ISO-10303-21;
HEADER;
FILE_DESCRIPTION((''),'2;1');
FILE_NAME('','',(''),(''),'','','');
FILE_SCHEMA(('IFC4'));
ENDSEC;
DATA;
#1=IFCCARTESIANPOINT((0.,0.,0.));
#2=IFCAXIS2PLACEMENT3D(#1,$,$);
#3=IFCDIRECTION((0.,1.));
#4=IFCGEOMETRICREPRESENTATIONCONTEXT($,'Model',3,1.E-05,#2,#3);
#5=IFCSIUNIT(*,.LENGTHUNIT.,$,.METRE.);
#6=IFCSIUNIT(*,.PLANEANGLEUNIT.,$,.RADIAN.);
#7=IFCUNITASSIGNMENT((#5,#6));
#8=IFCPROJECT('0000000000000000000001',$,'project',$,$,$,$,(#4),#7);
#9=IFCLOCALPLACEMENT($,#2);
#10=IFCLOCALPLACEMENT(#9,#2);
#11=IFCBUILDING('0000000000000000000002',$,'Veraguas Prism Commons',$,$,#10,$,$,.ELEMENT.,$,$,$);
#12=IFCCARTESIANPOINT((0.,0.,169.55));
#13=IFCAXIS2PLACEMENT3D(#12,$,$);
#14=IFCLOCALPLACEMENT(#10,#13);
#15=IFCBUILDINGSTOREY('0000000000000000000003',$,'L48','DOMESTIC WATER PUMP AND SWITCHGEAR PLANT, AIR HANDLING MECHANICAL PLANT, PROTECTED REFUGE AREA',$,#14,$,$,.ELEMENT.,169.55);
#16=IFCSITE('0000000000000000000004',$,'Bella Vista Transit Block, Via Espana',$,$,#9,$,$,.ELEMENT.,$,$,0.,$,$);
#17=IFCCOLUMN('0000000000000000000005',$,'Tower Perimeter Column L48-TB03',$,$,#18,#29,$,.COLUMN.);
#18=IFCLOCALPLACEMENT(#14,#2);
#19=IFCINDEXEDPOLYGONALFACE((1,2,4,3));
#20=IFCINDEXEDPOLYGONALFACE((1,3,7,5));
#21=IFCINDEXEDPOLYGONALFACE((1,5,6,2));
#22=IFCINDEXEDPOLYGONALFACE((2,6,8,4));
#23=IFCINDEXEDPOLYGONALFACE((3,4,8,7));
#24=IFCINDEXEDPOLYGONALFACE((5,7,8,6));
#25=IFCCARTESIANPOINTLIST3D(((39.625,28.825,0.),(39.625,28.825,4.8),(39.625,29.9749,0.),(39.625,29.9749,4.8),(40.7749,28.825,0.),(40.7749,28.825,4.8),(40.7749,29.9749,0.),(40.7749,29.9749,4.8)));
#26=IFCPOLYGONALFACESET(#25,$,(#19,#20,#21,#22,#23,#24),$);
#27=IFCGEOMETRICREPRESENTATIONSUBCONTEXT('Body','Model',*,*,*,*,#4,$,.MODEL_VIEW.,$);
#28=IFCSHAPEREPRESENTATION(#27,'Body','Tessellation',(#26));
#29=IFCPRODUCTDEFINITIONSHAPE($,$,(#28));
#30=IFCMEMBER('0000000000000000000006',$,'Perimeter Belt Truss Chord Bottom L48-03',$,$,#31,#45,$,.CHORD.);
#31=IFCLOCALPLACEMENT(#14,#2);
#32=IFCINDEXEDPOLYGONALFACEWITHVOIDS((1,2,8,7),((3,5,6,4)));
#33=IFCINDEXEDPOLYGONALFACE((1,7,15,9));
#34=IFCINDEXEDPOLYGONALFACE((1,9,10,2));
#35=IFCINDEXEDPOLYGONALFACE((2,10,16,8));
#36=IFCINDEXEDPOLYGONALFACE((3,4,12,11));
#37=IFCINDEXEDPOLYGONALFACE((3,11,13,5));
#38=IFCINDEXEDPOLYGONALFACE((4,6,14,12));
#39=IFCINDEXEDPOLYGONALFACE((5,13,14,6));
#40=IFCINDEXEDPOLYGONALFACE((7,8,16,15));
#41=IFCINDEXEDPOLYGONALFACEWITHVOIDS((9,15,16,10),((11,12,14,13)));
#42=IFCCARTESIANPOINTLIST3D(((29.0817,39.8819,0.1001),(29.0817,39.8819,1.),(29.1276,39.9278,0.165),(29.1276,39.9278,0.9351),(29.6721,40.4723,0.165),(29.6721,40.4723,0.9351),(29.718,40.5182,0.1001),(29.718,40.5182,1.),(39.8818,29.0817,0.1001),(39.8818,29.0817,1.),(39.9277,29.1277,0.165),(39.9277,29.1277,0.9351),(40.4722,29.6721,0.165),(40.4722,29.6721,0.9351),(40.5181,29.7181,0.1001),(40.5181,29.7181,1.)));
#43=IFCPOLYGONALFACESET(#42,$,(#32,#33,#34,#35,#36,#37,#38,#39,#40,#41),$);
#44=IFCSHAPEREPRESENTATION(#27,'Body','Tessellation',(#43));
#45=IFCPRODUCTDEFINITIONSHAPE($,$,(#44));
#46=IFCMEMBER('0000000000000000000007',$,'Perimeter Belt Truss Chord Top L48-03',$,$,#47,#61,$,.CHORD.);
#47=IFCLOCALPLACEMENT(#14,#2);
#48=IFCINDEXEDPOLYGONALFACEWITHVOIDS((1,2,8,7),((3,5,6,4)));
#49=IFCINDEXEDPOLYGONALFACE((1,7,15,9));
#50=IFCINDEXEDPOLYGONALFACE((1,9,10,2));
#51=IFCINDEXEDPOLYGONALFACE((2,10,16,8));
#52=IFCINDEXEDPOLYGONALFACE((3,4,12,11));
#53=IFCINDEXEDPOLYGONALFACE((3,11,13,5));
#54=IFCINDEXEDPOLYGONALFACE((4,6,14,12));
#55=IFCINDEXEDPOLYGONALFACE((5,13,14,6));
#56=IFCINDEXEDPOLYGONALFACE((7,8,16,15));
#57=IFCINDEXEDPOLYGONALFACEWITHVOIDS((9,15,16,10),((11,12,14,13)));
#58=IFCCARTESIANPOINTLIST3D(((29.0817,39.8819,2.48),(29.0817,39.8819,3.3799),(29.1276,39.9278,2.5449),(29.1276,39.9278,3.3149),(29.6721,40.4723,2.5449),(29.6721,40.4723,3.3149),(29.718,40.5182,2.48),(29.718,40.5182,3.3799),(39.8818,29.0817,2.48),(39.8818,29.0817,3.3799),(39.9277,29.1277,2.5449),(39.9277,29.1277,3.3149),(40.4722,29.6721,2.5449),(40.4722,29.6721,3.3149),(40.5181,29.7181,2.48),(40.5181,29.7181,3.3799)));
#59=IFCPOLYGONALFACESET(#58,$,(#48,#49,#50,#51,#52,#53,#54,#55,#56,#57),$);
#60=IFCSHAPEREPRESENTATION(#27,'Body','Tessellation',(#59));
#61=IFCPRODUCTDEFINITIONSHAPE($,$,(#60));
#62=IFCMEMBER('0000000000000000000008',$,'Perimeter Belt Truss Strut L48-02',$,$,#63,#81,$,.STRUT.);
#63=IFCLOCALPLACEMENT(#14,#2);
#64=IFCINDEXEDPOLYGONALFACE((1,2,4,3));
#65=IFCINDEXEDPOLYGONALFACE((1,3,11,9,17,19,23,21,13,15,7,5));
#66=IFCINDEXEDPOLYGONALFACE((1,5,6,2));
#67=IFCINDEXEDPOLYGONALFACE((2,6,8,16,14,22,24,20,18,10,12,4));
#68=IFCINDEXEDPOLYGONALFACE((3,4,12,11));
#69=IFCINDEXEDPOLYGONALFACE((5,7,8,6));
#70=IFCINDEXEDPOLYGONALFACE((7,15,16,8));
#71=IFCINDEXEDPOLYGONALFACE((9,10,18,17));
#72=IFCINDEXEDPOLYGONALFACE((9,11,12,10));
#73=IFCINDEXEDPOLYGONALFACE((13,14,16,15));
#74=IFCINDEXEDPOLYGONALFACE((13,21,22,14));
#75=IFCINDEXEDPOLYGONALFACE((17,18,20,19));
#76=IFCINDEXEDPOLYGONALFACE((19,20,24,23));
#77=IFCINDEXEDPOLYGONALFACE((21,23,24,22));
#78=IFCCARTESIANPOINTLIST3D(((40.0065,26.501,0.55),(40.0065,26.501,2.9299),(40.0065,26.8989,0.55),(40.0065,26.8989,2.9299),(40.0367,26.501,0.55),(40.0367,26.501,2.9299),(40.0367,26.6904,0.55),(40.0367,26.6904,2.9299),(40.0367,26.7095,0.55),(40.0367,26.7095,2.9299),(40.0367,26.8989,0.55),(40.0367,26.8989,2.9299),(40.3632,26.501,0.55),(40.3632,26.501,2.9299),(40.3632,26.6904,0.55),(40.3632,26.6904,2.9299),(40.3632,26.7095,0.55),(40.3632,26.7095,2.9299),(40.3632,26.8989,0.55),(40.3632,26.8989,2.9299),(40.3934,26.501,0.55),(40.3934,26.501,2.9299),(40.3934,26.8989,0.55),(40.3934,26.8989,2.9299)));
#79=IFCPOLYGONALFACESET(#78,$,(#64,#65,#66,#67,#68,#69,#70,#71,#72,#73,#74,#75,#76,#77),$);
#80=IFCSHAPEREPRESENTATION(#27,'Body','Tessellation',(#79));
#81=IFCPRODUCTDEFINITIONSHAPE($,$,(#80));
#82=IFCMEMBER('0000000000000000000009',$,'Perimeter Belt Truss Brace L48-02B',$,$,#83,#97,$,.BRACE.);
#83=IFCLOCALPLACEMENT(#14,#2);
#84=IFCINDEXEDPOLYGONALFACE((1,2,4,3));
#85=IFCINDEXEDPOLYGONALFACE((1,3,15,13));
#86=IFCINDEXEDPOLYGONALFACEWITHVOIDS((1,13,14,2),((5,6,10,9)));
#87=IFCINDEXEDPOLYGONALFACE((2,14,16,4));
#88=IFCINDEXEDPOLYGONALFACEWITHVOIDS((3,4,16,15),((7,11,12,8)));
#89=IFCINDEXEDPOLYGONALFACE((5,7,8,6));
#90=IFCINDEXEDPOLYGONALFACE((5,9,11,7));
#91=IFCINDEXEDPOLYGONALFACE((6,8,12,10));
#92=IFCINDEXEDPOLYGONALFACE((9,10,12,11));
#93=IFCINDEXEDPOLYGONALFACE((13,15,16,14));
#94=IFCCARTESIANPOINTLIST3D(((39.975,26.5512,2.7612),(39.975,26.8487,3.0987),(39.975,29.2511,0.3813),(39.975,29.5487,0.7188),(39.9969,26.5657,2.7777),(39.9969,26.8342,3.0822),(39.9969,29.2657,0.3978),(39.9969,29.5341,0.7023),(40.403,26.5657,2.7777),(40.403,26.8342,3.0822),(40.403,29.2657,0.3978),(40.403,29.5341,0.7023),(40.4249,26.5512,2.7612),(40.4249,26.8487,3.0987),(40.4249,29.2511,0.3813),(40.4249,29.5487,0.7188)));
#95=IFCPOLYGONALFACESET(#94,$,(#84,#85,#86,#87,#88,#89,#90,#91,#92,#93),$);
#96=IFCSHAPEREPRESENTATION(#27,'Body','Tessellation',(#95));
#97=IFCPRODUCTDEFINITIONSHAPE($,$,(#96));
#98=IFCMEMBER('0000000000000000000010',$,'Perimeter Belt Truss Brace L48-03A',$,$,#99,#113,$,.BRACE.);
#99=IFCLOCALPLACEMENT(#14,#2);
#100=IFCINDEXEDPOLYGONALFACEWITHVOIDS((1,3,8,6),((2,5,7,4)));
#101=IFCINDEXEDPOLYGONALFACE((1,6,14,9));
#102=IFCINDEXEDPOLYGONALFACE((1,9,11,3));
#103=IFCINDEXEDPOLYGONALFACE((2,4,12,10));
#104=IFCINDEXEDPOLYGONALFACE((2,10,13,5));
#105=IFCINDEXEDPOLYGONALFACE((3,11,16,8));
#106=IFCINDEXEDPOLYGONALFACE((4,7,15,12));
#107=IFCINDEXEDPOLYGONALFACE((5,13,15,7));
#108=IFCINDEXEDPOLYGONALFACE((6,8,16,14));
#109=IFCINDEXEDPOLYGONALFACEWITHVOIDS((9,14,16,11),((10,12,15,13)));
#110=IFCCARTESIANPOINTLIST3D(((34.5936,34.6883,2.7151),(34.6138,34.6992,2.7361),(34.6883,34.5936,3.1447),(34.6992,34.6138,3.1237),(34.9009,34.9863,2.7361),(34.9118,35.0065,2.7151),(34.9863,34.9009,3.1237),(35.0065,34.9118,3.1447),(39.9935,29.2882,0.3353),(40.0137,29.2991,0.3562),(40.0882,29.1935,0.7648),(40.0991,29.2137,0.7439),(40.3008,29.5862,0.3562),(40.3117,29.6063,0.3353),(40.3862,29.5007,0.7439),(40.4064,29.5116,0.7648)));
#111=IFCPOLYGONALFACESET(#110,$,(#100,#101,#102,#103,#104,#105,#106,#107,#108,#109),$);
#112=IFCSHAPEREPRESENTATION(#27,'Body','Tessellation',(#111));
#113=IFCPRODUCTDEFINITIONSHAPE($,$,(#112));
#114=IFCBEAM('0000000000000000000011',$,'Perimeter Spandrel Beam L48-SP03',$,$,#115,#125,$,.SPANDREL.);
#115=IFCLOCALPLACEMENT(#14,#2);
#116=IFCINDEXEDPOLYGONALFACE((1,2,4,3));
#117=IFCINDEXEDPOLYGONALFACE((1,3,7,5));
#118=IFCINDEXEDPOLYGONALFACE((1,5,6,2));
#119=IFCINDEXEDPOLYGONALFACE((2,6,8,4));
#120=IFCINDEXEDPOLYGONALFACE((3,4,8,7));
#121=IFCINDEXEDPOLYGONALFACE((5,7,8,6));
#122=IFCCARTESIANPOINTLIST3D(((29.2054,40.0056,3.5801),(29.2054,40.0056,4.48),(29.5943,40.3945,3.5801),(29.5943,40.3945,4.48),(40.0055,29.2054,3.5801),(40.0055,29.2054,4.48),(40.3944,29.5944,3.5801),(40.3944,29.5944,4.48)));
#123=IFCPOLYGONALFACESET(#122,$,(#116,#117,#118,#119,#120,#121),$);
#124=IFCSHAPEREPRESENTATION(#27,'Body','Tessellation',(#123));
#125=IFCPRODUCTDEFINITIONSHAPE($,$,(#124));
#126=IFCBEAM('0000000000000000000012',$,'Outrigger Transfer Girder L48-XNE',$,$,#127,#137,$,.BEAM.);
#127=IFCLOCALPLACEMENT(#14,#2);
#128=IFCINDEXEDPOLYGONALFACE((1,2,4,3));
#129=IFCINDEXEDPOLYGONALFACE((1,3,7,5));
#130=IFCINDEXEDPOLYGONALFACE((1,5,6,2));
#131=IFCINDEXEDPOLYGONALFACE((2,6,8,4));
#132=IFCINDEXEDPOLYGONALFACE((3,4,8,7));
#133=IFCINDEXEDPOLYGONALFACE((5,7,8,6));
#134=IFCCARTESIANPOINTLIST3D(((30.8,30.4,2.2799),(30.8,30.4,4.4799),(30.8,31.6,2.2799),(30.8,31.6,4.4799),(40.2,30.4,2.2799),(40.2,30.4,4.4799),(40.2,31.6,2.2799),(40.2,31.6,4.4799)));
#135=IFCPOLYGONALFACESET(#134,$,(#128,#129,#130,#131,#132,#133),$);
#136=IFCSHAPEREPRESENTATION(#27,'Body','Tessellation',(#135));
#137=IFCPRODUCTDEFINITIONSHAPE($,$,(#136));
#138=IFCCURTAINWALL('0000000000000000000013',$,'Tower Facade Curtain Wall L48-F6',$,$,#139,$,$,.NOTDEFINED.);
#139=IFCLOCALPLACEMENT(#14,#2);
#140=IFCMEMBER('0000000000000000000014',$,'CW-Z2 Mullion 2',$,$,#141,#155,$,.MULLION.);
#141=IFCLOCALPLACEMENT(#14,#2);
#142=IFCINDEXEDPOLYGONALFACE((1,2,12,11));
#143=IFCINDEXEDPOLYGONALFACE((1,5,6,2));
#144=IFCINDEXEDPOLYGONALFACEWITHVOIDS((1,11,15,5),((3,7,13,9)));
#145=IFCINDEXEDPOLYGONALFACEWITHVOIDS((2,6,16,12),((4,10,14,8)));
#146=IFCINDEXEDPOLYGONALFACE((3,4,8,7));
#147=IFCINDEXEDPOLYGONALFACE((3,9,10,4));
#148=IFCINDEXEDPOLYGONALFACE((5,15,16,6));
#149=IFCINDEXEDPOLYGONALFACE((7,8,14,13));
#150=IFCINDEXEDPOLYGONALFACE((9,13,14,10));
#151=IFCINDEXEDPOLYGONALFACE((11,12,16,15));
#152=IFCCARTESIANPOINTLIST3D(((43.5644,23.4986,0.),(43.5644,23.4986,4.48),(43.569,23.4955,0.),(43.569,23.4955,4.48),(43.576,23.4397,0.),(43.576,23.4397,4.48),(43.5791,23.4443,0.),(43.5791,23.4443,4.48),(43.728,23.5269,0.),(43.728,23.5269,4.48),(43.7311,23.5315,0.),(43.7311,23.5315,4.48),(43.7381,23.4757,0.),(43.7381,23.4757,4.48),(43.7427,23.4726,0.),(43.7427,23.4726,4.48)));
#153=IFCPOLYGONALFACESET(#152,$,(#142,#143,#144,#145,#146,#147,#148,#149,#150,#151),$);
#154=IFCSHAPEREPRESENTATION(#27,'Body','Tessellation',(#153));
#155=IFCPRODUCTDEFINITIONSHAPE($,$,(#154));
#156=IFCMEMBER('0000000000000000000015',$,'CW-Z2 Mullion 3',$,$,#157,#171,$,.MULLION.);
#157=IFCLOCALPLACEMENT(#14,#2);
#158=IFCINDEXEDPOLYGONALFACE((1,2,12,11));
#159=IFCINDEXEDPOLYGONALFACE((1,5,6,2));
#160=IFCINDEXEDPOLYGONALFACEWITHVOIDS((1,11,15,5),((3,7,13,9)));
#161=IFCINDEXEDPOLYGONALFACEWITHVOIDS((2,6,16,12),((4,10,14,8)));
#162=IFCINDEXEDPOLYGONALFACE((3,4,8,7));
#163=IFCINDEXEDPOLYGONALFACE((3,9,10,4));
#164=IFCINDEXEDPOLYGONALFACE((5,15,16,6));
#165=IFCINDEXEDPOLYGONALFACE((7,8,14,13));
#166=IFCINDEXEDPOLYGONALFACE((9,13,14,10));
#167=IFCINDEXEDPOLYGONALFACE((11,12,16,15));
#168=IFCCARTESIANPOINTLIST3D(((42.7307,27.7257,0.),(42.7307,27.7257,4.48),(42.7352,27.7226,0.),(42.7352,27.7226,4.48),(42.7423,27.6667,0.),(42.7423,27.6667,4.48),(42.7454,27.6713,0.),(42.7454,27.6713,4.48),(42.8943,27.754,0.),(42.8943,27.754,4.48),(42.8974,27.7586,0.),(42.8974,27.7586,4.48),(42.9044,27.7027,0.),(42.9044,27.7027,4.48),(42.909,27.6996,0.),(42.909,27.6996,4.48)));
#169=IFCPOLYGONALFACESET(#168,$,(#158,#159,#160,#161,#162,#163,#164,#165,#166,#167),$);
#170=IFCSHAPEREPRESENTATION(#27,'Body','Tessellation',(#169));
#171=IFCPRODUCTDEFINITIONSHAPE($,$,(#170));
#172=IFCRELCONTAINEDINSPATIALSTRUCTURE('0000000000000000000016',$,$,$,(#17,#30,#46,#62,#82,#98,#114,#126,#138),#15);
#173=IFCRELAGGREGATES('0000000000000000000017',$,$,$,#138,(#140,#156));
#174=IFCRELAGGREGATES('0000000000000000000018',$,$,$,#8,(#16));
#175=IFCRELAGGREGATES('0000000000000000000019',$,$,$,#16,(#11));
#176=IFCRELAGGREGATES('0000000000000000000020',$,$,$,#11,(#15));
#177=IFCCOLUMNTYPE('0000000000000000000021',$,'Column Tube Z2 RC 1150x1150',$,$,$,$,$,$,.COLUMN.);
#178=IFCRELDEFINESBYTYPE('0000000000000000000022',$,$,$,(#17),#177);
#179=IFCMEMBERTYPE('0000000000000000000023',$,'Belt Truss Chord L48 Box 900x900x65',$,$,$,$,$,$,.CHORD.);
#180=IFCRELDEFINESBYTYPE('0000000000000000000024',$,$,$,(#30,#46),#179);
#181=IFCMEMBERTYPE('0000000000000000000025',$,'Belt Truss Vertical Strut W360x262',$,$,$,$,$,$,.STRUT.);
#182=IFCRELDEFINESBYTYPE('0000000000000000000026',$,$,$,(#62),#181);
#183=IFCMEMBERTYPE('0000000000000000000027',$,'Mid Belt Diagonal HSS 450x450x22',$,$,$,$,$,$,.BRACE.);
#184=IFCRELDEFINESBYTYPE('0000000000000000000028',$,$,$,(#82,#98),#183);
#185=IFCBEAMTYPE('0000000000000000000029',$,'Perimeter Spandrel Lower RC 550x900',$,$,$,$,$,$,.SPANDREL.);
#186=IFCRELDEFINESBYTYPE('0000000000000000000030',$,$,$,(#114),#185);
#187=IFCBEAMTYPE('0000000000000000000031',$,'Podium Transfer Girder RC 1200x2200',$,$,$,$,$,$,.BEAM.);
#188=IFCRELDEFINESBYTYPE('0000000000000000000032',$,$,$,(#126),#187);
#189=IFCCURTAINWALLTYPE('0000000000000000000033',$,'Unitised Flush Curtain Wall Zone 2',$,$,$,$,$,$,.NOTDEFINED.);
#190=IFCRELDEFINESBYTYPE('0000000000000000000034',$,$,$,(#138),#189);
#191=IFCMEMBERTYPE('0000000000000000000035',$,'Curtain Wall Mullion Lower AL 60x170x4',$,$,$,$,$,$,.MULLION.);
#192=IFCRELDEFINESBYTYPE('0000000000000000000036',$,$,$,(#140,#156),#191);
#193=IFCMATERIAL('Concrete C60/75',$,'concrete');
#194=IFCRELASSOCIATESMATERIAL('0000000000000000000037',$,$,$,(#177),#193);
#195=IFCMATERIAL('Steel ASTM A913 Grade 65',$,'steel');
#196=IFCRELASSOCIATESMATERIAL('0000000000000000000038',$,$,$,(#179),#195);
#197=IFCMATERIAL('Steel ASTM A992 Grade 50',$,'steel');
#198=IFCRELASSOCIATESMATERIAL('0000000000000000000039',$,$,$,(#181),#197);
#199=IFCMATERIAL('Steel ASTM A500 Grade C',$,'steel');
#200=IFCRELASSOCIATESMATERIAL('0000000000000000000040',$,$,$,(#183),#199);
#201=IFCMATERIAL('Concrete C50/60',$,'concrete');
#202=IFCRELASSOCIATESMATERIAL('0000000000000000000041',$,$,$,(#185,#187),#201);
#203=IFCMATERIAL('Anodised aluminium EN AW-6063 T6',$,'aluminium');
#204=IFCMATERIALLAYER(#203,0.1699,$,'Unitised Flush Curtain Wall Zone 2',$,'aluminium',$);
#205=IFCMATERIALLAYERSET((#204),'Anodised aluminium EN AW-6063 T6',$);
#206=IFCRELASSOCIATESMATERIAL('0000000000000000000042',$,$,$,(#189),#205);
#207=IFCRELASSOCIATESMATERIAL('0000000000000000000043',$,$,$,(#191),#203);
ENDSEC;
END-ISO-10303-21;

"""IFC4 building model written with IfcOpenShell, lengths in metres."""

from ifc_helpers import new_model, si_unit, direction, frame, origin, origin_2d, place, context, subcontext, project, spatial, rectangle, hollow_rectangle, i_section, extrude, source, transform, mapped, material, layer, layer_set, material_profile, profile_set, type_object, element, aggregate, save


model = new_model("IFC4")

# Units and contexts
model_context = context("Model", 3, precision=1e-05, world=origin(), true_north=direction((0.0, 1.0)))
body_context = subcontext(model_context, "Body", "Model", "MODEL_VIEW")
ifc_project = project(units=[si_unit("LENGTHUNIT", "METRE"), si_unit("PLANEANGLEUNIT", "RADIAN")], contexts=[model_context])

# Site, building, storey
site_placement = place(None, origin())
site = spatial("IfcSite", under=ifc_project, at=site_placement, Name="Bella Vista Transit Block, Via Espana", CompositionType="ELEMENT", RefElevation=0.0)
building_placement = place(site_placement, origin())
building = spatial("IfcBuilding", under=site, at=building_placement, Name="Veraguas Prism Commons", CompositionType="ELEMENT")
storey_placement = place(building_placement, frame((0.0, 0.0, 169.55)))
storey = spatial("IfcBuildingStorey", under=building, at=storey_placement, Name="L48", Description="DOMESTIC WATER PUMP AND SWITCHGEAR PLANT, AIR HANDLING MECHANICAL PLANT, PROTECTED REFUGE AREA", CompositionType="ELEMENT", Elevation=169.55)

# Column
ifc_material_1 = material(Name="Concrete C60/75", Category="concrete")
ifc_material_profile_1 = material_profile(ifc_material_1, rectangle(XDim=1.1499, YDim=1.1499, at=origin_2d()), Name="RC1150X1150")
ifc_profile_set_1 = profile_set([ifc_material_profile_1], Name="Concrete C60/75")
column_type = type_object("IfcColumnType", Name="Column Tube Z2 RC 1150x1150", PredefinedType="COLUMN", material=ifc_profile_set_1)
column_placement = place(storey_placement, frame((40.2, 29.3999, 0.0), z_axis=(0.0, 0.0, 1.0), x_axis=(1.0, 0.0, 0.0)))
element("IfcColumn", 1, at=column_placement, inside=storey, type_object=column_type, Name="Tower Perimeter Column L48-TB03", PredefinedType="COLUMN", context=body_context, shape_type="SweptSolid", body=[
    extrude(rectangle(XDim=1.1499, YDim=1.1499, at=origin_2d()), origin(), (0.0, 0.0, 1.0), 4.8),
])

# Members
ifc_material_2 = material(Name="Steel ASTM A913 Grade 65", Category="steel")
ifc_material_profile_2 = material_profile(ifc_material_2, hollow_rectangle(XDim=0.8999, YDim=0.8999, WallThickness=0.0649, at=origin_2d()), Name="BOX900X900X65")
ifc_profile_set_2 = profile_set([ifc_material_profile_2], Name="Steel ASTM A913 Grade 65")
member_type_1 = type_object("IfcMemberType", Name="Belt Truss Chord L48 Box 900x900x65", PredefinedType="CHORD", material=ifc_profile_set_2)
for number, where, z_axis, x_axis, name in (
    (2, (40.2, 29.3999, 0.55), (-0.707107, 0.707107, 0.0), (-0.707107, -0.707107, 0.0), "Perimeter Belt Truss Chord Bottom L48-03"),
    (3, (40.2, 29.3999, 2.9299), (-0.707107, 0.707107, 0.0), (-0.707107, -0.707107, 0.0), "Perimeter Belt Truss Chord Top L48-03"),
):
    element("IfcMember", number, at=place(storey_placement, frame(where, z_axis=z_axis, x_axis=x_axis)), inside=storey, type_object=member_type_1, Name=name, PredefinedType="CHORD", context=body_context, shape_type="SweptSolid", body=[
        extrude(hollow_rectangle(XDim=0.8999, YDim=0.8999, WallThickness=0.0649, at=origin_2d()), origin(), (0.0, 0.0, 1.0), 15.2737),
    ])
ifc_material_3 = material(Name="Steel ASTM A992 Grade 50", Category="steel")
ifc_material_profile_3 = material_profile(ifc_material_3, i_section(OverallWidth=0.3979, OverallDepth=0.387, WebThickness=0.019, FlangeThickness=0.0303, at=origin_2d()), Name="W360X262")
ifc_profile_set_3 = profile_set([ifc_material_profile_3], Name="Steel ASTM A992 Grade 50")
member_type_2 = type_object("IfcMemberType", Name="Belt Truss Vertical Strut W360x262", PredefinedType="STRUT", material=ifc_profile_set_3)
member_1_placement = place(storey_placement, frame((40.2, 26.7, 0.55), z_axis=(0.0, 0.0, 1.0), x_axis=(0.0, 1.0, 0.0)))
element("IfcMember", 4, at=member_1_placement, inside=storey, type_object=member_type_2, Name="Perimeter Belt Truss Strut L48-02", PredefinedType="STRUT", context=body_context, shape_type="SweptSolid", body=[
    extrude(i_section(OverallWidth=0.3979, OverallDepth=0.387, WebThickness=0.019, FlangeThickness=0.0303, at=origin_2d()), origin(), (0.0, 0.0, 1.0), 2.3799),
])
ifc_material_4 = material(Name="Steel ASTM A500 Grade C", Category="steel")
ifc_material_profile_4 = material_profile(ifc_material_4, hollow_rectangle(XDim=0.45, YDim=0.45, WallThickness=0.022, at=origin_2d()), Name="HSS450X450X22")
ifc_profile_set_4 = profile_set([ifc_material_profile_4], Name="Steel ASTM A500 Grade C")
member_type_3 = type_object("IfcMemberType", Name="Mid Belt Diagonal HSS 450x450x22", PredefinedType="BRACE", material=ifc_profile_set_4)
member_2_placement = place(storey_placement, frame((40.2, 29.3999, 0.55), z_axis=(0.0, -0.750172, 0.661242), x_axis=(1.0, 0.0, 0.0)))
element("IfcMember", 5, at=member_2_placement, inside=storey, type_object=member_type_3, Name="Perimeter Belt Truss Brace L48-02B", PredefinedType="BRACE", context=body_context, shape_type="SweptSolid", body=[
    extrude(hollow_rectangle(XDim=0.45, YDim=0.45, WallThickness=0.022, at=origin_2d()), origin(), (0.0, 0.0, 1.0), 3.5991),
])
member_3_placement = place(storey_placement, frame((40.2, 29.3999, 0.55), z_axis=(-0.67507, 0.675101, 0.297522), x_axis=(-0.707123, -0.707091, 0.0)))
element("IfcMember", 6, at=member_3_placement, inside=storey, type_object=member_type_3, Name="Perimeter Belt Truss Brace L48-03A", PredefinedType="BRACE", context=body_context, shape_type="SweptSolid", body=[
    extrude(hollow_rectangle(XDim=0.45, YDim=0.45, WallThickness=0.022, at=origin_2d()), origin(), (0.0, 0.0, 1.0), 7.999),
])

# Beams
ifc_material_5 = material(Name="Concrete C50/60", Category="concrete")
ifc_material_profile_5 = material_profile(ifc_material_5, rectangle(XDim=0.55, YDim=0.8999, at=origin_2d()), Name="RC550X900")
ifc_profile_set_5 = profile_set([ifc_material_profile_5], Name="Concrete C50/60")
beam_type_1 = type_object("IfcBeamType", Name="Perimeter Spandrel Lower RC 550x900", PredefinedType="SPANDREL", material=ifc_profile_set_5)
beam_1_placement = place(storey_placement, frame((40.2, 29.3999, 4.03), z_axis=(-0.707107, 0.707107, 0.0), x_axis=(-0.707107, -0.707107, 0.0)))
element("IfcBeam", 7, at=beam_1_placement, inside=storey, type_object=beam_type_1, Name="Perimeter Spandrel Beam L48-SP03", PredefinedType="SPANDREL", context=body_context, shape_type="SweptSolid", body=[
    extrude(rectangle(XDim=0.55, YDim=0.8999, at=origin_2d()), origin(), (0.0, 0.0, 1.0), 15.2737),
])
ifc_material_profile_6 = material_profile(ifc_material_5, rectangle(XDim=1.2, YDim=2.2, at=origin_2d()), Name="RC1200X2200")
ifc_profile_set_6 = profile_set([ifc_material_profile_6], Name="Concrete C50/60")
beam_type_2 = type_object("IfcBeamType", Name="Podium Transfer Girder RC 1200x2200", PredefinedType="BEAM", material=ifc_profile_set_6)
beam_2_placement = place(storey_placement, frame((40.2, 31.0, 3.3799), z_axis=(-1.0, 0.0, 0.0), x_axis=(0.0, -1.0, 0.0)))
element("IfcBeam", 8, at=beam_2_placement, inside=storey, type_object=beam_type_2, Name="Outrigger Transfer Girder L48-XNE", PredefinedType="BEAM", context=body_context, shape_type="SweptSolid", body=[
    extrude(rectangle(XDim=1.2, YDim=2.2, at=origin_2d()), origin(), (0.0, 0.0, 1.0), 9.3999),
])

# Curtain wall, members
ifc_material_6 = material(Name="Anodised aluminium EN AW-6063 T6", Category="aluminium")
ifc_layer_1 = layer(ifc_material_6, 0.1699, Name="Unitised Flush Curtain Wall Zone 2", Category="aluminium")
ifc_layer_set_1 = layer_set([ifc_layer_1], Name="Anodised aluminium EN AW-6063 T6")
curtain_wall_type = type_object("IfcCurtainWallType", Name="Unitised Flush Curtain Wall Zone 2", PredefinedType="NOTDEFINED", material=ifc_layer_set_1)
curtain_wall_placement = place(storey_placement, origin())
curtain_wall = element("IfcCurtainWall", 9, at=curtain_wall_placement, inside=storey, type_object=curtain_wall_type, Name="Tower Facade Curtain Wall L48-F6", PredefinedType="NOTDEFINED")
ifc_material_profile_7 = material_profile(ifc_material_6, hollow_rectangle(XDim=0.0601, YDim=0.1699, WallThickness=0.0039, at=origin_2d()), Name="AL60X170X4")
ifc_profile_set_7 = profile_set([ifc_material_profile_7], Name="Anodised aluminium EN AW-6063 T6")
member_type_4 = type_object("IfcMemberType", Name="Curtain Wall Mullion Lower AL 60x170x4", PredefinedType="MULLION", material=ifc_profile_set_7)
shared_shape_1 = source(origin(), body_context, "Body", "SweptSolid", [
    extrude(hollow_rectangle(XDim=0.0601, YDim=0.1699, WallThickness=0.0039, at=origin_2d()), origin(), (0.0, 0.0, 1.0), 4.48),
])
member_4_placement = place(storey_placement, frame((43.6536, 23.4856, 0.0), z_axis=(0.0, 0.0, 1.0), x_axis=(-0.193549, 0.981091, 0.0)))
member_4 = element("IfcMember", 10, at=member_4_placement, type_object=member_type_4, Name="CW-Z2 Mullion 2", PredefinedType="MULLION", context=body_context, shape_type="MappedRepresentation", body=[
    mapped(shared_shape_1, transform((0.0, 0.0, 0.0), scale=1.0)),
])
member_5_placement = place(storey_placement, frame((42.8198, 27.7126, 0.0), z_axis=(0.0, 0.0, 1.0), x_axis=(-0.193549, 0.981091, 0.0)))
member_5 = element("IfcMember", 11, at=member_5_placement, type_object=member_type_4, Name="CW-Z2 Mullion 3", PredefinedType="MULLION", context=body_context, shape_type="MappedRepresentation", body=[
    mapped(shared_shape_1, transform((0.0, 0.0, 0.0), scale=1.0)),
])

aggregate(curtain_wall, [member_4, member_5])

save(model, "model.ifc")
